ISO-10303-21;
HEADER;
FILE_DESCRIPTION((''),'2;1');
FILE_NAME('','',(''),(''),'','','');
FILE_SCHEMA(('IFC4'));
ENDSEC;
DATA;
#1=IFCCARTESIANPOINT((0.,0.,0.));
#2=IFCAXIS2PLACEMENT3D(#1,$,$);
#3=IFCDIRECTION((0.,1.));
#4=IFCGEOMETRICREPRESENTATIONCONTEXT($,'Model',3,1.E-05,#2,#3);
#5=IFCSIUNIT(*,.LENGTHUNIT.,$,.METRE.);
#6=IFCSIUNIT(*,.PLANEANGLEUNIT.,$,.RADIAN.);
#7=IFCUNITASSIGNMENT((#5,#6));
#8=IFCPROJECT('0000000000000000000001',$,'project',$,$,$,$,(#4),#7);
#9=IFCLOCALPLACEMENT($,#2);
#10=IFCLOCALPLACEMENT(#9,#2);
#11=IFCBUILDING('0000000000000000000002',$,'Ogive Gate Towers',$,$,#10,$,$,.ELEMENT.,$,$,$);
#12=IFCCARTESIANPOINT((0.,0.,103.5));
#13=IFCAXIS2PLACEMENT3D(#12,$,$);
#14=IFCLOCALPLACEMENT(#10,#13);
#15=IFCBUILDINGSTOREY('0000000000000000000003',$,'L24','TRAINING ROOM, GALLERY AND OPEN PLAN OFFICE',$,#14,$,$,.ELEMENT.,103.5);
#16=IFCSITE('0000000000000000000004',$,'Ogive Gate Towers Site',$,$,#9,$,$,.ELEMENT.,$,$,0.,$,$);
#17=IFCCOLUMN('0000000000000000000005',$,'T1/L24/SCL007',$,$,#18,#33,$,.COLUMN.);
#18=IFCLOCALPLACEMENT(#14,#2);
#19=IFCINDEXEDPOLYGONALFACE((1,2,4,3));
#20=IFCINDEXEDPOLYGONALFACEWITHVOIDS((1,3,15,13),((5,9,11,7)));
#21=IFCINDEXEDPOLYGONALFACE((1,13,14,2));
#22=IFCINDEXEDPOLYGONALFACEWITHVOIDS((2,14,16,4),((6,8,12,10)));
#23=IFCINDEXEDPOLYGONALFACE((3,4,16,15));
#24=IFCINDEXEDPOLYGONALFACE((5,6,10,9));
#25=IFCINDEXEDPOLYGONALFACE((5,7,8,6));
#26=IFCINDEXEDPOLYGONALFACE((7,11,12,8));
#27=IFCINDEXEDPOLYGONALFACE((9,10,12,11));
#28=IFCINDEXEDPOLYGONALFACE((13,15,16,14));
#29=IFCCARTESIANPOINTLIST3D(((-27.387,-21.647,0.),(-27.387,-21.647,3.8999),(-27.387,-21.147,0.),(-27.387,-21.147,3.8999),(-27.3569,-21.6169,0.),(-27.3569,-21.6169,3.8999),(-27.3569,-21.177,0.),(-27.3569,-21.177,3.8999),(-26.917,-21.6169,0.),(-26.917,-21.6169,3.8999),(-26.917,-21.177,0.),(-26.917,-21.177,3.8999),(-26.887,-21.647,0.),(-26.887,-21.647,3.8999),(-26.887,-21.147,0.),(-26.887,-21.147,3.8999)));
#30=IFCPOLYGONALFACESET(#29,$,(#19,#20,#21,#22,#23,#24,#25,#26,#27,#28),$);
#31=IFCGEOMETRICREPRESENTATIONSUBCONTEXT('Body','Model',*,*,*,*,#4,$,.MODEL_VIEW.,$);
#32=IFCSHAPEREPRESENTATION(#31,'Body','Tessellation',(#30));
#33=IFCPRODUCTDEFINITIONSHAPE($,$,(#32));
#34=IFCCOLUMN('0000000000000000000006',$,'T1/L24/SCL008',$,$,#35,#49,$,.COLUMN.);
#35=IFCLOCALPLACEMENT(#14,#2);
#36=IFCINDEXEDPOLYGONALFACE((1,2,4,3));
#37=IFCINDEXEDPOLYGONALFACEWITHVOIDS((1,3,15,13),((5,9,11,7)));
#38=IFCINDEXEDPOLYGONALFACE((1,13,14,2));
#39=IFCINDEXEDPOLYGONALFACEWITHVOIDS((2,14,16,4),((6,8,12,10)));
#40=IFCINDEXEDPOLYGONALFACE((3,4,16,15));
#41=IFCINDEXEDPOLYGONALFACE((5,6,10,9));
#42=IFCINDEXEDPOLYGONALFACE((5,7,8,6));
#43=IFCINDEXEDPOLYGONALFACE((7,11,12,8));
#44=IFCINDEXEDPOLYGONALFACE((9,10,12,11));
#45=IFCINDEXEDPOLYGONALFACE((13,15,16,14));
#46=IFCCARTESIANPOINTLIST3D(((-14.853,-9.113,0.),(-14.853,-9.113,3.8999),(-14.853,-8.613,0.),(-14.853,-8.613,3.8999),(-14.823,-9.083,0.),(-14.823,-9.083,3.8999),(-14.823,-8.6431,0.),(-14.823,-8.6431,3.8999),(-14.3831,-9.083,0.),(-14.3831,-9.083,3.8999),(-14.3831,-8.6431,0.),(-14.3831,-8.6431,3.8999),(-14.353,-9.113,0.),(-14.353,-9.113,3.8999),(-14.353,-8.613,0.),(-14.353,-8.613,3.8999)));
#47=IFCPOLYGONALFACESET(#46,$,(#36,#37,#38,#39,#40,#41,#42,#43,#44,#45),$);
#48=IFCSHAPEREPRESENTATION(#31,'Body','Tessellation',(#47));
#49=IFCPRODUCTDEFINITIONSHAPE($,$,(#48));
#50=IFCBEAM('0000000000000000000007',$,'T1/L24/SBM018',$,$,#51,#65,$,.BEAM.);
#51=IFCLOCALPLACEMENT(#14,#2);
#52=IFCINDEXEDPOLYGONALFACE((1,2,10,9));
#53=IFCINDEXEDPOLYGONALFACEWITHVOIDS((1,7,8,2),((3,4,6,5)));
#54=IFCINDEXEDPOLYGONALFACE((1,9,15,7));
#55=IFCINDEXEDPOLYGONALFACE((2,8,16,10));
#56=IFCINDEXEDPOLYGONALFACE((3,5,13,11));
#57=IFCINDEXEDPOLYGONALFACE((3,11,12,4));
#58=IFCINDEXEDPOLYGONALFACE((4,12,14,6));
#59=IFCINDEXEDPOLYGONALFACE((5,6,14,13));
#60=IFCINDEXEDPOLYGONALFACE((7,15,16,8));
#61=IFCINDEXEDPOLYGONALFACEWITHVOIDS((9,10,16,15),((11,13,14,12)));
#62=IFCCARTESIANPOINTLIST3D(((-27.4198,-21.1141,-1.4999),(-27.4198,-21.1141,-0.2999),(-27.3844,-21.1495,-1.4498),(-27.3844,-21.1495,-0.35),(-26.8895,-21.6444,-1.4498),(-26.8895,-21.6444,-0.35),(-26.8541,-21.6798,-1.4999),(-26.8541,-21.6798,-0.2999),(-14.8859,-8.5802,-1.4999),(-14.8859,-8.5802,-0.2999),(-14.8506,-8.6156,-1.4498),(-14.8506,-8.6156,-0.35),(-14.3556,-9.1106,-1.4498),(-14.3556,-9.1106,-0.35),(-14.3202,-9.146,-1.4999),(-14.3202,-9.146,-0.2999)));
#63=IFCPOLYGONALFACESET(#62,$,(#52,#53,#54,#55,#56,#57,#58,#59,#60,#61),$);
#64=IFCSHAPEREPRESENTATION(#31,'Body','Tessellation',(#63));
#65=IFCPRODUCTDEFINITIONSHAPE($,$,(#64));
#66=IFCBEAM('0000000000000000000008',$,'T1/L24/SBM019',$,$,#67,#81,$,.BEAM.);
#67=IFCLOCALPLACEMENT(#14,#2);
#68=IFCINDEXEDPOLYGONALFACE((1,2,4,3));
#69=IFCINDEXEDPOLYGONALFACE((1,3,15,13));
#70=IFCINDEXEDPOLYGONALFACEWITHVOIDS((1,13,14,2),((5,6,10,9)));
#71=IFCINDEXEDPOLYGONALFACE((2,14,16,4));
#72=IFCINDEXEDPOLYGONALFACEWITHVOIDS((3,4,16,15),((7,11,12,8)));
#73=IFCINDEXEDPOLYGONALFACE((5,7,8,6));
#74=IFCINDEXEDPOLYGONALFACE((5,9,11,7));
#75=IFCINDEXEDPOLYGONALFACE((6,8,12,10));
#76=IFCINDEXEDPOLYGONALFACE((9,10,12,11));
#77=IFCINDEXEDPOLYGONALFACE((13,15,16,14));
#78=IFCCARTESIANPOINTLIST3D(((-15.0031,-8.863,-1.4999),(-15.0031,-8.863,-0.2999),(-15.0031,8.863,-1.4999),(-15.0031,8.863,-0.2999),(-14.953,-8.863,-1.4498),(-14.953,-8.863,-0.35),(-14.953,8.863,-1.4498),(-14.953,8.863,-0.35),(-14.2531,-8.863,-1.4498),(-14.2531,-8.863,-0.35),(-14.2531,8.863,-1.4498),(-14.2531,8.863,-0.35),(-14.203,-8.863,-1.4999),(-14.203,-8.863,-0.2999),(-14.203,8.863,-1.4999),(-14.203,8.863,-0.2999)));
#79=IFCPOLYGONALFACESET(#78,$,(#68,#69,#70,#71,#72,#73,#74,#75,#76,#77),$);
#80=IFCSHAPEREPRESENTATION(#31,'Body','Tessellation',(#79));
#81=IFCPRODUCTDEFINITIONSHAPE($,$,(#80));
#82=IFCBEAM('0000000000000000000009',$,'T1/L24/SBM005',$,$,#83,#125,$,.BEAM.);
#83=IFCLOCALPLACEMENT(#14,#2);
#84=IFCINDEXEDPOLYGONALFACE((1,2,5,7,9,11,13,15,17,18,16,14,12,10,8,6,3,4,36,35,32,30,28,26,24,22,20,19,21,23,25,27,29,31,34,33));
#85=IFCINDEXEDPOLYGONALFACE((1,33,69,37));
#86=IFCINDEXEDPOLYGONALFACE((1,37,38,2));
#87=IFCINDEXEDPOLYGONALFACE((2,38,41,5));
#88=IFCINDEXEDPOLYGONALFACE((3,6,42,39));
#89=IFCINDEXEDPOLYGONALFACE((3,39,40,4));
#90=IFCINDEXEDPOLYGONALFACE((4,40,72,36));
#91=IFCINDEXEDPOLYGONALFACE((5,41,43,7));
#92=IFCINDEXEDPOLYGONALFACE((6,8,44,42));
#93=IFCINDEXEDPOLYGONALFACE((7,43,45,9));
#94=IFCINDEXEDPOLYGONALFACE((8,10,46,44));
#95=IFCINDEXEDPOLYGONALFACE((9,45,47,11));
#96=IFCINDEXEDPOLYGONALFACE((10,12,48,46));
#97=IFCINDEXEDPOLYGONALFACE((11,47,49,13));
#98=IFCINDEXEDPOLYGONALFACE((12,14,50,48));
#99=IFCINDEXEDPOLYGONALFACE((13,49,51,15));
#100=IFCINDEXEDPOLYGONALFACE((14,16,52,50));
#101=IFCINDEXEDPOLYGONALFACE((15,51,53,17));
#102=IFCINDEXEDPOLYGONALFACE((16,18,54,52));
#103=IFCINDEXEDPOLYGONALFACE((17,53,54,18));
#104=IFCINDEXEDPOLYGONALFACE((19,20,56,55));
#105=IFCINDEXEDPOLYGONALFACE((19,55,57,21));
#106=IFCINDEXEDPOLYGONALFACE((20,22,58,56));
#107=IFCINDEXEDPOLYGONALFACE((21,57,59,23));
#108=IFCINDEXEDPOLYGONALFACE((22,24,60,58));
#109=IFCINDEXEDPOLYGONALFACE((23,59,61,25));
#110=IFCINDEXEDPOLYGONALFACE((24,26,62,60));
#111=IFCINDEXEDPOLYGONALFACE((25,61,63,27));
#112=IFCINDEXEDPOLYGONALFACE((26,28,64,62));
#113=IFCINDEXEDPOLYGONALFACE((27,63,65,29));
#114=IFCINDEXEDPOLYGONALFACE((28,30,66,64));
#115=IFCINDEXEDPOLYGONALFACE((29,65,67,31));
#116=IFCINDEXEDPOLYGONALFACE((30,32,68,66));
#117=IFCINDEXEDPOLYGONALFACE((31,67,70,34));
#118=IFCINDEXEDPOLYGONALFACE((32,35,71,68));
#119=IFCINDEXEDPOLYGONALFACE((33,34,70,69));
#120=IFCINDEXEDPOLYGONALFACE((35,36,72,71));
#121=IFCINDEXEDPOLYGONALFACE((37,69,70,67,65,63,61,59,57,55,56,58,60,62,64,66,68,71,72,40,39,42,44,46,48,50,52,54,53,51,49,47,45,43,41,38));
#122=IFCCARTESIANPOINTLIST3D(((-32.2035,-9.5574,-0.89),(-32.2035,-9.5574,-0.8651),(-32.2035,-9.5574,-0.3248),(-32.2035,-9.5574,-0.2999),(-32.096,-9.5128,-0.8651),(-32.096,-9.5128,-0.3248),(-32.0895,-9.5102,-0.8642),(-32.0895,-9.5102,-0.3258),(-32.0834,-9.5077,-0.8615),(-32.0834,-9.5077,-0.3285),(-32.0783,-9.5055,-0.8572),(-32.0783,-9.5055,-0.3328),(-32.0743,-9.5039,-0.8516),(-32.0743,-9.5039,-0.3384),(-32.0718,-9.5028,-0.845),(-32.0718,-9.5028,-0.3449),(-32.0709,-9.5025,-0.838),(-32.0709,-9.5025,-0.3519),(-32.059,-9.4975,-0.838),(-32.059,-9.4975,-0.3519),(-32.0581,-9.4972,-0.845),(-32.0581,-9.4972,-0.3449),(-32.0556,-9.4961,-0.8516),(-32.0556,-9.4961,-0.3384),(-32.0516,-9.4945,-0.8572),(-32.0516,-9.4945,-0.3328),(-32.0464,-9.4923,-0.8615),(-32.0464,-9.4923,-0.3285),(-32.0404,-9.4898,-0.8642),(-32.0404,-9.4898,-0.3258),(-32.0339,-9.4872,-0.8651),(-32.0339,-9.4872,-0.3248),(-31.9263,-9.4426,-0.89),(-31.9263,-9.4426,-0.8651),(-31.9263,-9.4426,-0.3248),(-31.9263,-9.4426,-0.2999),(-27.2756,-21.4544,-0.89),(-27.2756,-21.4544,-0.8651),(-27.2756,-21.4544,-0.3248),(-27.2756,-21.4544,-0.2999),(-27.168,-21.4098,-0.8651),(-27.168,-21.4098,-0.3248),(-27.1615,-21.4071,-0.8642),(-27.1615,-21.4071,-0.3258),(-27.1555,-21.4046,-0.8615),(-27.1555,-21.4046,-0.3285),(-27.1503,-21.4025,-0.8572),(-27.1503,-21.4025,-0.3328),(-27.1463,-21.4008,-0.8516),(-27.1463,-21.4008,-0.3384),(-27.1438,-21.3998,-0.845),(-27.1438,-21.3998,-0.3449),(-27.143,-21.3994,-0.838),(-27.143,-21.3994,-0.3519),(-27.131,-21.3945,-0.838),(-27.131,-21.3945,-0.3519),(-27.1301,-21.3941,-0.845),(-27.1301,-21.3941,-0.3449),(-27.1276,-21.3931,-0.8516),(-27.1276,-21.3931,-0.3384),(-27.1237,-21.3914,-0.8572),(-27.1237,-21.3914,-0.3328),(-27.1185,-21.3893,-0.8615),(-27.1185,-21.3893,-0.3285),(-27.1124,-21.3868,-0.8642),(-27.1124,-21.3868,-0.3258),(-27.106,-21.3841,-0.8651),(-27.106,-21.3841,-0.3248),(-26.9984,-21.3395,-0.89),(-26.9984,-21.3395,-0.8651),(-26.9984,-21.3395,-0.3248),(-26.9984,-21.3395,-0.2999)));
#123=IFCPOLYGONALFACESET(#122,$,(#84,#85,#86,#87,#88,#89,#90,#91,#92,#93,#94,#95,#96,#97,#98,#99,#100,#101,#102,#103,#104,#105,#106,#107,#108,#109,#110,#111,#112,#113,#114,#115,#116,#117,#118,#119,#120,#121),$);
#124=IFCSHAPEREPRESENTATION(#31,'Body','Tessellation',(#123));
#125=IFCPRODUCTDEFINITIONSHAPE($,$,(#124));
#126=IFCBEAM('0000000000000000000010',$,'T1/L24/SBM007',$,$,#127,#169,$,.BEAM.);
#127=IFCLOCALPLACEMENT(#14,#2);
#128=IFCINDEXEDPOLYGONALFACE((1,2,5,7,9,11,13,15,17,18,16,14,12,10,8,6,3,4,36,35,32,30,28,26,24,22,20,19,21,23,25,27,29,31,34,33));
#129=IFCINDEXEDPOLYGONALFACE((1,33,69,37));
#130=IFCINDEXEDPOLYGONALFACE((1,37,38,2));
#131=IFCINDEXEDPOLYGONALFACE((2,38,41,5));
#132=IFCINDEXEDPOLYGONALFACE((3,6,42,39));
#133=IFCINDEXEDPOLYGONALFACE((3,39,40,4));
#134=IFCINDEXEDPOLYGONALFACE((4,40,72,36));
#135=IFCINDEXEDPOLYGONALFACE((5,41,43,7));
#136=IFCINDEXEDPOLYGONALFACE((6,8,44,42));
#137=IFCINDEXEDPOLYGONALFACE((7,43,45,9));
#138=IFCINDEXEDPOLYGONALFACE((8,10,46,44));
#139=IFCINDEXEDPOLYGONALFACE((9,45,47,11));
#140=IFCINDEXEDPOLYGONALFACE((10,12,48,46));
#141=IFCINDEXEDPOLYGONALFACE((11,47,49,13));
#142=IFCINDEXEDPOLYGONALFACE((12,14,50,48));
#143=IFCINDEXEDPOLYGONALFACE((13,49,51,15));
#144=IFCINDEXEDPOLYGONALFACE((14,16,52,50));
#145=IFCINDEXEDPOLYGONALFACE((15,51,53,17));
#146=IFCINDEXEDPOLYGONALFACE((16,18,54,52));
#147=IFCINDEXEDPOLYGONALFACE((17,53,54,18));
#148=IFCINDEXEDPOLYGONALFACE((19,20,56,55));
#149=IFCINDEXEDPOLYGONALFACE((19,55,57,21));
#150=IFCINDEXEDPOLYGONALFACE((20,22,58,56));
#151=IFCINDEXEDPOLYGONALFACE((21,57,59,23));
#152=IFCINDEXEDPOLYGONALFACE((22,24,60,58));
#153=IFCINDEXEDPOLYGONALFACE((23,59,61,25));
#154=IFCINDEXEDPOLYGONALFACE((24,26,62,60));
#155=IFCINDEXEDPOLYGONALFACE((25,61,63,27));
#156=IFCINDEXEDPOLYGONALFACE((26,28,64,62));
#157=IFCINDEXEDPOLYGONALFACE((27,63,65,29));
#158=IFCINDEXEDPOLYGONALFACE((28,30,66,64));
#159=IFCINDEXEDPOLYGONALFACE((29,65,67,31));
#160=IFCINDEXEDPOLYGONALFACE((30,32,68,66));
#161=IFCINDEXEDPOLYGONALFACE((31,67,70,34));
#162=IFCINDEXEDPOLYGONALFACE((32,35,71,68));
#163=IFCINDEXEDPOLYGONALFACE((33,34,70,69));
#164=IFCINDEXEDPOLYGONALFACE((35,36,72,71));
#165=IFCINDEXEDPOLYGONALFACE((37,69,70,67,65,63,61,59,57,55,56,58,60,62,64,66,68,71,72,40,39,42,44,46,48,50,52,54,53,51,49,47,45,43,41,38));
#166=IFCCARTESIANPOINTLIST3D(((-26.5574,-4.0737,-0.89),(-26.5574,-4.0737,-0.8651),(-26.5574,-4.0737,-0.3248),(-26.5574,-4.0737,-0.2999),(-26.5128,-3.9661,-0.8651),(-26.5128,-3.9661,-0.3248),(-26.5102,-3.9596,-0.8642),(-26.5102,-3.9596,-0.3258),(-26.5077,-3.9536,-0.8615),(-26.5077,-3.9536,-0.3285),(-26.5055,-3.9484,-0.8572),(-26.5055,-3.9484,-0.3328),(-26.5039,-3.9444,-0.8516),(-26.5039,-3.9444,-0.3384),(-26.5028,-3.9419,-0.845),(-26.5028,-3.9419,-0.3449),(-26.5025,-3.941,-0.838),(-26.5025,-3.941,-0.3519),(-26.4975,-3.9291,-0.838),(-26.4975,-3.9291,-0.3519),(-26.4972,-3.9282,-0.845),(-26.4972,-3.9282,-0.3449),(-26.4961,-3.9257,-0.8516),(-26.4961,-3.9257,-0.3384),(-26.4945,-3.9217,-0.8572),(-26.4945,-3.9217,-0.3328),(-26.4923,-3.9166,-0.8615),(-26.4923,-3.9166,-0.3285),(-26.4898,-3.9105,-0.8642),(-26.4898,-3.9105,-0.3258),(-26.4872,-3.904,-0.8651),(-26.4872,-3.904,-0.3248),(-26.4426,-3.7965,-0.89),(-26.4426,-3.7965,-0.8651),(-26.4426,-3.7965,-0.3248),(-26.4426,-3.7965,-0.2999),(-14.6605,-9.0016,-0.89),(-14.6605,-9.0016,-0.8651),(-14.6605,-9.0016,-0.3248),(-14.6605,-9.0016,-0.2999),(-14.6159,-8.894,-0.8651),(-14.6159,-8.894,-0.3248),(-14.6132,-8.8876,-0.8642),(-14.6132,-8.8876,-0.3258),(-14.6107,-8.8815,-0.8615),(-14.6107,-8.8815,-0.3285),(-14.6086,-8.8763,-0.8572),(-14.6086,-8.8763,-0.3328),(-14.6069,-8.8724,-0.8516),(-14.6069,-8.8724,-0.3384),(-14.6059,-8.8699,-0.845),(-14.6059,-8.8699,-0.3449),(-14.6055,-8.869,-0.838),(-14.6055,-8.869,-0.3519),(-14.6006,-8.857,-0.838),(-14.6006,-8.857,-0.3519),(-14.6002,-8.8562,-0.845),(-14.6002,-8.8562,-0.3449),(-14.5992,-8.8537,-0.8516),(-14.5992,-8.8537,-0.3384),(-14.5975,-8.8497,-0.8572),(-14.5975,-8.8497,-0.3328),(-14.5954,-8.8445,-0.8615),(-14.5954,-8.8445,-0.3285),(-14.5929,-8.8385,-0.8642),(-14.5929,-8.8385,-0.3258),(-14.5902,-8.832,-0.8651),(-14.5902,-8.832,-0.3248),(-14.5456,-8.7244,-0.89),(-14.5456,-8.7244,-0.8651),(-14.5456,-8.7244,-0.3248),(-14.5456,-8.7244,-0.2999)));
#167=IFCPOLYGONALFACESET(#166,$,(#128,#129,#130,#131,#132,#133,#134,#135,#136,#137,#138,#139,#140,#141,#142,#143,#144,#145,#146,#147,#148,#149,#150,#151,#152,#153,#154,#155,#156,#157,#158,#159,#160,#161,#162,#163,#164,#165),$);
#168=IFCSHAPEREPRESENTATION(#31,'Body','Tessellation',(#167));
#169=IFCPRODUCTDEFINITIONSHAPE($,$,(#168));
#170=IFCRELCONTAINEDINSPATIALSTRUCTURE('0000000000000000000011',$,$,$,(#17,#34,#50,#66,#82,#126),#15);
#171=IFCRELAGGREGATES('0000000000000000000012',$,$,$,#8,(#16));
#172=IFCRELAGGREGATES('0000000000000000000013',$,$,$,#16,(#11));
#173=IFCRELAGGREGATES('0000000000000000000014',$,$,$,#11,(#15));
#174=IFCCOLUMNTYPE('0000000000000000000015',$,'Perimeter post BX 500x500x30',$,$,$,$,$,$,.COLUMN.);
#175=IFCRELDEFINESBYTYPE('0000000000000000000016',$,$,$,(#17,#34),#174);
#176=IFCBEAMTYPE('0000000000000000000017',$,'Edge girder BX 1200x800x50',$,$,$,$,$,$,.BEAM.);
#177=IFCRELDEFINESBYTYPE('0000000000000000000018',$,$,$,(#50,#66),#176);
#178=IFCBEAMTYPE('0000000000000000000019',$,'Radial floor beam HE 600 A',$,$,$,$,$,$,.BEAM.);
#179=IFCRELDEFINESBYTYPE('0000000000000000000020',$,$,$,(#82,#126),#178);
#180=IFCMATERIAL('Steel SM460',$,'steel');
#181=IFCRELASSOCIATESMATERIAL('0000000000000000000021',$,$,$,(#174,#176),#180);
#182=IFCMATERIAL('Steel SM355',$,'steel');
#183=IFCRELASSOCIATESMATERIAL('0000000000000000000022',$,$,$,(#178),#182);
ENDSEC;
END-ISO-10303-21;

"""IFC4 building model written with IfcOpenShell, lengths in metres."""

from ifc_helpers import new_model, si_unit, direction, frame, origin, origin_2d, place, context, subcontext, project, spatial, hollow_rectangle, i_section, extrude, material, material_profile, profile_set, type_object, element, save


model = new_model("IFC4")

# Units and contexts
model_context = context("Model", 3, precision=1e-05, world=origin(), true_north=direction((0.0, 1.0)))
body_context = subcontext(model_context, "Body", "Model", "MODEL_VIEW")
ifc_project = project(units=[si_unit("LENGTHUNIT", "METRE"), si_unit("PLANEANGLEUNIT", "RADIAN")], contexts=[model_context])

# Site, building, storey
site_placement = place(None, origin())
site = spatial("IfcSite", under=ifc_project, at=site_placement, Name="Ogive Gate Towers Site", CompositionType="ELEMENT", RefElevation=0.0)
building_placement = place(site_placement, origin())
building = spatial("IfcBuilding", under=site, at=building_placement, Name="Ogive Gate Towers", CompositionType="ELEMENT")
storey_placement = place(building_placement, frame((0.0, 0.0, 103.5)))
storey = spatial("IfcBuildingStorey", under=building, at=storey_placement, Name="L24", Description="TRAINING ROOM, GALLERY AND OPEN PLAN OFFICE", CompositionType="ELEMENT", Elevation=103.5)

# Columns
ifc_material_1 = material(Name="Steel SM460", Category="steel")
ifc_material_profile_1 = material_profile(ifc_material_1, hollow_rectangle(XDim=0.5, YDim=0.5, WallThickness=0.03, at=origin_2d()), Name="BX 500x500x30")
ifc_profile_set_1 = profile_set([ifc_material_profile_1], Name="Steel SM460")
column_type = type_object("IfcColumnType", Name="Perimeter post BX 500x500x30", PredefinedType="COLUMN", material=ifc_profile_set_1)
for number, where, z_axis, x_axis, name in (
    (1, (-27.137, -21.397, 0.0), (0.0, 0.0, 1.0), (1.0, 0.0, 0.0), "T1/L24/SCL007"),
    (2, (-14.603, -8.863, 0.0), (0.0, 0.0, 1.0), (1.0, 0.0, 0.0), "T1/L24/SCL008"),
):
    element("IfcColumn", number, at=place(storey_placement, frame(where, z_axis=z_axis, x_axis=x_axis)), inside=storey, type_object=column_type, Name=name, PredefinedType="COLUMN", context=body_context, shape_type="SweptSolid", body=[
        extrude(hollow_rectangle(XDim=0.5, YDim=0.5, WallThickness=0.03, at=origin_2d()), origin(), (0.0, 0.0, 1.0), 3.8999),
    ])

# Beams
ifc_material_profile_2 = material_profile(ifc_material_1, hollow_rectangle(XDim=0.8, YDim=1.2, WallThickness=0.05, at=origin_2d()), Name="BX 1200x800x50")
ifc_profile_set_2 = profile_set([ifc_material_profile_2], Name="Steel SM460")
beam_type_1 = type_object("IfcBeamType", Name="Edge girder BX 1200x800x50", PredefinedType="BEAM", material=ifc_profile_set_2)
beam_1_placement = place(storey_placement, frame((-27.137, -21.397, -0.8999), z_axis=(0.707107, 0.707107, 0.0), x_axis=(-0.707107, 0.707107, 0.0)))
element("IfcBeam", 3, at=beam_1_placement, inside=storey, type_object=beam_type_1, Name="T1/L24/SBM018", PredefinedType="BEAM", context=body_context, shape_type="SweptSolid", body=[
    extrude(hollow_rectangle(XDim=0.8, YDim=1.2, WallThickness=0.05, at=origin_2d()), origin(), (0.0, 0.0, 1.0), 17.7256),
])
beam_2_placement = place(storey_placement, frame((-14.603, -8.863, -0.8999), z_axis=(0.0, 1.0, 0.0), x_axis=(-1.0, 0.0, 0.0)))
element("IfcBeam", 4, at=beam_2_placement, inside=storey, type_object=beam_type_1, Name="T1/L24/SBM019", PredefinedType="BEAM", context=body_context, shape_type="SweptSolid", body=[
    extrude(hollow_rectangle(XDim=0.8, YDim=1.2, WallThickness=0.05, at=origin_2d()), origin(), (0.0, 0.0, 1.0), 17.7261),
])
ifc_material_2 = material(Name="Steel SM355", Category="steel")
ifc_material_profile_3 = material_profile(ifc_material_2, i_section(OverallWidth=0.3, OverallDepth=0.5901, WebThickness=0.0129, FlangeThickness=0.0249, FilletRadius=0.0271, at=origin_2d()), Name="HE 600 A")
ifc_profile_set_3 = profile_set([ifc_material_profile_3], Name="Steel SM355")
beam_type_2 = type_object("IfcBeamType", Name="Radial floor beam HE 600 A", PredefinedType="BEAM", material=ifc_profile_set_3)
for number, where, z_axis, x_axis, name in (
    (5, (-32.0649, -9.5, -0.595), (0.382689, -0.923877, 0.0), (0.923877, 0.382689, 0.0), "T1/L24/SBM005"),
    (6, (-26.5, -3.9351, -0.595), (0.923877, -0.382689, 0.0), (0.382689, 0.923877, 0.0), "T1/L24/SBM007"),
):
    element("IfcBeam", number, at=place(storey_placement, frame(where, z_axis=z_axis, x_axis=x_axis)), inside=storey, type_object=beam_type_2, Name=name, PredefinedType="BEAM", context=body_context, shape_type="SweptSolid", body=[
        extrude(i_section(OverallWidth=0.3, OverallDepth=0.5901, WebThickness=0.0129, FlangeThickness=0.0249, FilletRadius=0.0271, at=origin_2d()), origin(), (0.0, 0.0, 1.0), 12.8772),
    ])

save(model, "model.ifc")
